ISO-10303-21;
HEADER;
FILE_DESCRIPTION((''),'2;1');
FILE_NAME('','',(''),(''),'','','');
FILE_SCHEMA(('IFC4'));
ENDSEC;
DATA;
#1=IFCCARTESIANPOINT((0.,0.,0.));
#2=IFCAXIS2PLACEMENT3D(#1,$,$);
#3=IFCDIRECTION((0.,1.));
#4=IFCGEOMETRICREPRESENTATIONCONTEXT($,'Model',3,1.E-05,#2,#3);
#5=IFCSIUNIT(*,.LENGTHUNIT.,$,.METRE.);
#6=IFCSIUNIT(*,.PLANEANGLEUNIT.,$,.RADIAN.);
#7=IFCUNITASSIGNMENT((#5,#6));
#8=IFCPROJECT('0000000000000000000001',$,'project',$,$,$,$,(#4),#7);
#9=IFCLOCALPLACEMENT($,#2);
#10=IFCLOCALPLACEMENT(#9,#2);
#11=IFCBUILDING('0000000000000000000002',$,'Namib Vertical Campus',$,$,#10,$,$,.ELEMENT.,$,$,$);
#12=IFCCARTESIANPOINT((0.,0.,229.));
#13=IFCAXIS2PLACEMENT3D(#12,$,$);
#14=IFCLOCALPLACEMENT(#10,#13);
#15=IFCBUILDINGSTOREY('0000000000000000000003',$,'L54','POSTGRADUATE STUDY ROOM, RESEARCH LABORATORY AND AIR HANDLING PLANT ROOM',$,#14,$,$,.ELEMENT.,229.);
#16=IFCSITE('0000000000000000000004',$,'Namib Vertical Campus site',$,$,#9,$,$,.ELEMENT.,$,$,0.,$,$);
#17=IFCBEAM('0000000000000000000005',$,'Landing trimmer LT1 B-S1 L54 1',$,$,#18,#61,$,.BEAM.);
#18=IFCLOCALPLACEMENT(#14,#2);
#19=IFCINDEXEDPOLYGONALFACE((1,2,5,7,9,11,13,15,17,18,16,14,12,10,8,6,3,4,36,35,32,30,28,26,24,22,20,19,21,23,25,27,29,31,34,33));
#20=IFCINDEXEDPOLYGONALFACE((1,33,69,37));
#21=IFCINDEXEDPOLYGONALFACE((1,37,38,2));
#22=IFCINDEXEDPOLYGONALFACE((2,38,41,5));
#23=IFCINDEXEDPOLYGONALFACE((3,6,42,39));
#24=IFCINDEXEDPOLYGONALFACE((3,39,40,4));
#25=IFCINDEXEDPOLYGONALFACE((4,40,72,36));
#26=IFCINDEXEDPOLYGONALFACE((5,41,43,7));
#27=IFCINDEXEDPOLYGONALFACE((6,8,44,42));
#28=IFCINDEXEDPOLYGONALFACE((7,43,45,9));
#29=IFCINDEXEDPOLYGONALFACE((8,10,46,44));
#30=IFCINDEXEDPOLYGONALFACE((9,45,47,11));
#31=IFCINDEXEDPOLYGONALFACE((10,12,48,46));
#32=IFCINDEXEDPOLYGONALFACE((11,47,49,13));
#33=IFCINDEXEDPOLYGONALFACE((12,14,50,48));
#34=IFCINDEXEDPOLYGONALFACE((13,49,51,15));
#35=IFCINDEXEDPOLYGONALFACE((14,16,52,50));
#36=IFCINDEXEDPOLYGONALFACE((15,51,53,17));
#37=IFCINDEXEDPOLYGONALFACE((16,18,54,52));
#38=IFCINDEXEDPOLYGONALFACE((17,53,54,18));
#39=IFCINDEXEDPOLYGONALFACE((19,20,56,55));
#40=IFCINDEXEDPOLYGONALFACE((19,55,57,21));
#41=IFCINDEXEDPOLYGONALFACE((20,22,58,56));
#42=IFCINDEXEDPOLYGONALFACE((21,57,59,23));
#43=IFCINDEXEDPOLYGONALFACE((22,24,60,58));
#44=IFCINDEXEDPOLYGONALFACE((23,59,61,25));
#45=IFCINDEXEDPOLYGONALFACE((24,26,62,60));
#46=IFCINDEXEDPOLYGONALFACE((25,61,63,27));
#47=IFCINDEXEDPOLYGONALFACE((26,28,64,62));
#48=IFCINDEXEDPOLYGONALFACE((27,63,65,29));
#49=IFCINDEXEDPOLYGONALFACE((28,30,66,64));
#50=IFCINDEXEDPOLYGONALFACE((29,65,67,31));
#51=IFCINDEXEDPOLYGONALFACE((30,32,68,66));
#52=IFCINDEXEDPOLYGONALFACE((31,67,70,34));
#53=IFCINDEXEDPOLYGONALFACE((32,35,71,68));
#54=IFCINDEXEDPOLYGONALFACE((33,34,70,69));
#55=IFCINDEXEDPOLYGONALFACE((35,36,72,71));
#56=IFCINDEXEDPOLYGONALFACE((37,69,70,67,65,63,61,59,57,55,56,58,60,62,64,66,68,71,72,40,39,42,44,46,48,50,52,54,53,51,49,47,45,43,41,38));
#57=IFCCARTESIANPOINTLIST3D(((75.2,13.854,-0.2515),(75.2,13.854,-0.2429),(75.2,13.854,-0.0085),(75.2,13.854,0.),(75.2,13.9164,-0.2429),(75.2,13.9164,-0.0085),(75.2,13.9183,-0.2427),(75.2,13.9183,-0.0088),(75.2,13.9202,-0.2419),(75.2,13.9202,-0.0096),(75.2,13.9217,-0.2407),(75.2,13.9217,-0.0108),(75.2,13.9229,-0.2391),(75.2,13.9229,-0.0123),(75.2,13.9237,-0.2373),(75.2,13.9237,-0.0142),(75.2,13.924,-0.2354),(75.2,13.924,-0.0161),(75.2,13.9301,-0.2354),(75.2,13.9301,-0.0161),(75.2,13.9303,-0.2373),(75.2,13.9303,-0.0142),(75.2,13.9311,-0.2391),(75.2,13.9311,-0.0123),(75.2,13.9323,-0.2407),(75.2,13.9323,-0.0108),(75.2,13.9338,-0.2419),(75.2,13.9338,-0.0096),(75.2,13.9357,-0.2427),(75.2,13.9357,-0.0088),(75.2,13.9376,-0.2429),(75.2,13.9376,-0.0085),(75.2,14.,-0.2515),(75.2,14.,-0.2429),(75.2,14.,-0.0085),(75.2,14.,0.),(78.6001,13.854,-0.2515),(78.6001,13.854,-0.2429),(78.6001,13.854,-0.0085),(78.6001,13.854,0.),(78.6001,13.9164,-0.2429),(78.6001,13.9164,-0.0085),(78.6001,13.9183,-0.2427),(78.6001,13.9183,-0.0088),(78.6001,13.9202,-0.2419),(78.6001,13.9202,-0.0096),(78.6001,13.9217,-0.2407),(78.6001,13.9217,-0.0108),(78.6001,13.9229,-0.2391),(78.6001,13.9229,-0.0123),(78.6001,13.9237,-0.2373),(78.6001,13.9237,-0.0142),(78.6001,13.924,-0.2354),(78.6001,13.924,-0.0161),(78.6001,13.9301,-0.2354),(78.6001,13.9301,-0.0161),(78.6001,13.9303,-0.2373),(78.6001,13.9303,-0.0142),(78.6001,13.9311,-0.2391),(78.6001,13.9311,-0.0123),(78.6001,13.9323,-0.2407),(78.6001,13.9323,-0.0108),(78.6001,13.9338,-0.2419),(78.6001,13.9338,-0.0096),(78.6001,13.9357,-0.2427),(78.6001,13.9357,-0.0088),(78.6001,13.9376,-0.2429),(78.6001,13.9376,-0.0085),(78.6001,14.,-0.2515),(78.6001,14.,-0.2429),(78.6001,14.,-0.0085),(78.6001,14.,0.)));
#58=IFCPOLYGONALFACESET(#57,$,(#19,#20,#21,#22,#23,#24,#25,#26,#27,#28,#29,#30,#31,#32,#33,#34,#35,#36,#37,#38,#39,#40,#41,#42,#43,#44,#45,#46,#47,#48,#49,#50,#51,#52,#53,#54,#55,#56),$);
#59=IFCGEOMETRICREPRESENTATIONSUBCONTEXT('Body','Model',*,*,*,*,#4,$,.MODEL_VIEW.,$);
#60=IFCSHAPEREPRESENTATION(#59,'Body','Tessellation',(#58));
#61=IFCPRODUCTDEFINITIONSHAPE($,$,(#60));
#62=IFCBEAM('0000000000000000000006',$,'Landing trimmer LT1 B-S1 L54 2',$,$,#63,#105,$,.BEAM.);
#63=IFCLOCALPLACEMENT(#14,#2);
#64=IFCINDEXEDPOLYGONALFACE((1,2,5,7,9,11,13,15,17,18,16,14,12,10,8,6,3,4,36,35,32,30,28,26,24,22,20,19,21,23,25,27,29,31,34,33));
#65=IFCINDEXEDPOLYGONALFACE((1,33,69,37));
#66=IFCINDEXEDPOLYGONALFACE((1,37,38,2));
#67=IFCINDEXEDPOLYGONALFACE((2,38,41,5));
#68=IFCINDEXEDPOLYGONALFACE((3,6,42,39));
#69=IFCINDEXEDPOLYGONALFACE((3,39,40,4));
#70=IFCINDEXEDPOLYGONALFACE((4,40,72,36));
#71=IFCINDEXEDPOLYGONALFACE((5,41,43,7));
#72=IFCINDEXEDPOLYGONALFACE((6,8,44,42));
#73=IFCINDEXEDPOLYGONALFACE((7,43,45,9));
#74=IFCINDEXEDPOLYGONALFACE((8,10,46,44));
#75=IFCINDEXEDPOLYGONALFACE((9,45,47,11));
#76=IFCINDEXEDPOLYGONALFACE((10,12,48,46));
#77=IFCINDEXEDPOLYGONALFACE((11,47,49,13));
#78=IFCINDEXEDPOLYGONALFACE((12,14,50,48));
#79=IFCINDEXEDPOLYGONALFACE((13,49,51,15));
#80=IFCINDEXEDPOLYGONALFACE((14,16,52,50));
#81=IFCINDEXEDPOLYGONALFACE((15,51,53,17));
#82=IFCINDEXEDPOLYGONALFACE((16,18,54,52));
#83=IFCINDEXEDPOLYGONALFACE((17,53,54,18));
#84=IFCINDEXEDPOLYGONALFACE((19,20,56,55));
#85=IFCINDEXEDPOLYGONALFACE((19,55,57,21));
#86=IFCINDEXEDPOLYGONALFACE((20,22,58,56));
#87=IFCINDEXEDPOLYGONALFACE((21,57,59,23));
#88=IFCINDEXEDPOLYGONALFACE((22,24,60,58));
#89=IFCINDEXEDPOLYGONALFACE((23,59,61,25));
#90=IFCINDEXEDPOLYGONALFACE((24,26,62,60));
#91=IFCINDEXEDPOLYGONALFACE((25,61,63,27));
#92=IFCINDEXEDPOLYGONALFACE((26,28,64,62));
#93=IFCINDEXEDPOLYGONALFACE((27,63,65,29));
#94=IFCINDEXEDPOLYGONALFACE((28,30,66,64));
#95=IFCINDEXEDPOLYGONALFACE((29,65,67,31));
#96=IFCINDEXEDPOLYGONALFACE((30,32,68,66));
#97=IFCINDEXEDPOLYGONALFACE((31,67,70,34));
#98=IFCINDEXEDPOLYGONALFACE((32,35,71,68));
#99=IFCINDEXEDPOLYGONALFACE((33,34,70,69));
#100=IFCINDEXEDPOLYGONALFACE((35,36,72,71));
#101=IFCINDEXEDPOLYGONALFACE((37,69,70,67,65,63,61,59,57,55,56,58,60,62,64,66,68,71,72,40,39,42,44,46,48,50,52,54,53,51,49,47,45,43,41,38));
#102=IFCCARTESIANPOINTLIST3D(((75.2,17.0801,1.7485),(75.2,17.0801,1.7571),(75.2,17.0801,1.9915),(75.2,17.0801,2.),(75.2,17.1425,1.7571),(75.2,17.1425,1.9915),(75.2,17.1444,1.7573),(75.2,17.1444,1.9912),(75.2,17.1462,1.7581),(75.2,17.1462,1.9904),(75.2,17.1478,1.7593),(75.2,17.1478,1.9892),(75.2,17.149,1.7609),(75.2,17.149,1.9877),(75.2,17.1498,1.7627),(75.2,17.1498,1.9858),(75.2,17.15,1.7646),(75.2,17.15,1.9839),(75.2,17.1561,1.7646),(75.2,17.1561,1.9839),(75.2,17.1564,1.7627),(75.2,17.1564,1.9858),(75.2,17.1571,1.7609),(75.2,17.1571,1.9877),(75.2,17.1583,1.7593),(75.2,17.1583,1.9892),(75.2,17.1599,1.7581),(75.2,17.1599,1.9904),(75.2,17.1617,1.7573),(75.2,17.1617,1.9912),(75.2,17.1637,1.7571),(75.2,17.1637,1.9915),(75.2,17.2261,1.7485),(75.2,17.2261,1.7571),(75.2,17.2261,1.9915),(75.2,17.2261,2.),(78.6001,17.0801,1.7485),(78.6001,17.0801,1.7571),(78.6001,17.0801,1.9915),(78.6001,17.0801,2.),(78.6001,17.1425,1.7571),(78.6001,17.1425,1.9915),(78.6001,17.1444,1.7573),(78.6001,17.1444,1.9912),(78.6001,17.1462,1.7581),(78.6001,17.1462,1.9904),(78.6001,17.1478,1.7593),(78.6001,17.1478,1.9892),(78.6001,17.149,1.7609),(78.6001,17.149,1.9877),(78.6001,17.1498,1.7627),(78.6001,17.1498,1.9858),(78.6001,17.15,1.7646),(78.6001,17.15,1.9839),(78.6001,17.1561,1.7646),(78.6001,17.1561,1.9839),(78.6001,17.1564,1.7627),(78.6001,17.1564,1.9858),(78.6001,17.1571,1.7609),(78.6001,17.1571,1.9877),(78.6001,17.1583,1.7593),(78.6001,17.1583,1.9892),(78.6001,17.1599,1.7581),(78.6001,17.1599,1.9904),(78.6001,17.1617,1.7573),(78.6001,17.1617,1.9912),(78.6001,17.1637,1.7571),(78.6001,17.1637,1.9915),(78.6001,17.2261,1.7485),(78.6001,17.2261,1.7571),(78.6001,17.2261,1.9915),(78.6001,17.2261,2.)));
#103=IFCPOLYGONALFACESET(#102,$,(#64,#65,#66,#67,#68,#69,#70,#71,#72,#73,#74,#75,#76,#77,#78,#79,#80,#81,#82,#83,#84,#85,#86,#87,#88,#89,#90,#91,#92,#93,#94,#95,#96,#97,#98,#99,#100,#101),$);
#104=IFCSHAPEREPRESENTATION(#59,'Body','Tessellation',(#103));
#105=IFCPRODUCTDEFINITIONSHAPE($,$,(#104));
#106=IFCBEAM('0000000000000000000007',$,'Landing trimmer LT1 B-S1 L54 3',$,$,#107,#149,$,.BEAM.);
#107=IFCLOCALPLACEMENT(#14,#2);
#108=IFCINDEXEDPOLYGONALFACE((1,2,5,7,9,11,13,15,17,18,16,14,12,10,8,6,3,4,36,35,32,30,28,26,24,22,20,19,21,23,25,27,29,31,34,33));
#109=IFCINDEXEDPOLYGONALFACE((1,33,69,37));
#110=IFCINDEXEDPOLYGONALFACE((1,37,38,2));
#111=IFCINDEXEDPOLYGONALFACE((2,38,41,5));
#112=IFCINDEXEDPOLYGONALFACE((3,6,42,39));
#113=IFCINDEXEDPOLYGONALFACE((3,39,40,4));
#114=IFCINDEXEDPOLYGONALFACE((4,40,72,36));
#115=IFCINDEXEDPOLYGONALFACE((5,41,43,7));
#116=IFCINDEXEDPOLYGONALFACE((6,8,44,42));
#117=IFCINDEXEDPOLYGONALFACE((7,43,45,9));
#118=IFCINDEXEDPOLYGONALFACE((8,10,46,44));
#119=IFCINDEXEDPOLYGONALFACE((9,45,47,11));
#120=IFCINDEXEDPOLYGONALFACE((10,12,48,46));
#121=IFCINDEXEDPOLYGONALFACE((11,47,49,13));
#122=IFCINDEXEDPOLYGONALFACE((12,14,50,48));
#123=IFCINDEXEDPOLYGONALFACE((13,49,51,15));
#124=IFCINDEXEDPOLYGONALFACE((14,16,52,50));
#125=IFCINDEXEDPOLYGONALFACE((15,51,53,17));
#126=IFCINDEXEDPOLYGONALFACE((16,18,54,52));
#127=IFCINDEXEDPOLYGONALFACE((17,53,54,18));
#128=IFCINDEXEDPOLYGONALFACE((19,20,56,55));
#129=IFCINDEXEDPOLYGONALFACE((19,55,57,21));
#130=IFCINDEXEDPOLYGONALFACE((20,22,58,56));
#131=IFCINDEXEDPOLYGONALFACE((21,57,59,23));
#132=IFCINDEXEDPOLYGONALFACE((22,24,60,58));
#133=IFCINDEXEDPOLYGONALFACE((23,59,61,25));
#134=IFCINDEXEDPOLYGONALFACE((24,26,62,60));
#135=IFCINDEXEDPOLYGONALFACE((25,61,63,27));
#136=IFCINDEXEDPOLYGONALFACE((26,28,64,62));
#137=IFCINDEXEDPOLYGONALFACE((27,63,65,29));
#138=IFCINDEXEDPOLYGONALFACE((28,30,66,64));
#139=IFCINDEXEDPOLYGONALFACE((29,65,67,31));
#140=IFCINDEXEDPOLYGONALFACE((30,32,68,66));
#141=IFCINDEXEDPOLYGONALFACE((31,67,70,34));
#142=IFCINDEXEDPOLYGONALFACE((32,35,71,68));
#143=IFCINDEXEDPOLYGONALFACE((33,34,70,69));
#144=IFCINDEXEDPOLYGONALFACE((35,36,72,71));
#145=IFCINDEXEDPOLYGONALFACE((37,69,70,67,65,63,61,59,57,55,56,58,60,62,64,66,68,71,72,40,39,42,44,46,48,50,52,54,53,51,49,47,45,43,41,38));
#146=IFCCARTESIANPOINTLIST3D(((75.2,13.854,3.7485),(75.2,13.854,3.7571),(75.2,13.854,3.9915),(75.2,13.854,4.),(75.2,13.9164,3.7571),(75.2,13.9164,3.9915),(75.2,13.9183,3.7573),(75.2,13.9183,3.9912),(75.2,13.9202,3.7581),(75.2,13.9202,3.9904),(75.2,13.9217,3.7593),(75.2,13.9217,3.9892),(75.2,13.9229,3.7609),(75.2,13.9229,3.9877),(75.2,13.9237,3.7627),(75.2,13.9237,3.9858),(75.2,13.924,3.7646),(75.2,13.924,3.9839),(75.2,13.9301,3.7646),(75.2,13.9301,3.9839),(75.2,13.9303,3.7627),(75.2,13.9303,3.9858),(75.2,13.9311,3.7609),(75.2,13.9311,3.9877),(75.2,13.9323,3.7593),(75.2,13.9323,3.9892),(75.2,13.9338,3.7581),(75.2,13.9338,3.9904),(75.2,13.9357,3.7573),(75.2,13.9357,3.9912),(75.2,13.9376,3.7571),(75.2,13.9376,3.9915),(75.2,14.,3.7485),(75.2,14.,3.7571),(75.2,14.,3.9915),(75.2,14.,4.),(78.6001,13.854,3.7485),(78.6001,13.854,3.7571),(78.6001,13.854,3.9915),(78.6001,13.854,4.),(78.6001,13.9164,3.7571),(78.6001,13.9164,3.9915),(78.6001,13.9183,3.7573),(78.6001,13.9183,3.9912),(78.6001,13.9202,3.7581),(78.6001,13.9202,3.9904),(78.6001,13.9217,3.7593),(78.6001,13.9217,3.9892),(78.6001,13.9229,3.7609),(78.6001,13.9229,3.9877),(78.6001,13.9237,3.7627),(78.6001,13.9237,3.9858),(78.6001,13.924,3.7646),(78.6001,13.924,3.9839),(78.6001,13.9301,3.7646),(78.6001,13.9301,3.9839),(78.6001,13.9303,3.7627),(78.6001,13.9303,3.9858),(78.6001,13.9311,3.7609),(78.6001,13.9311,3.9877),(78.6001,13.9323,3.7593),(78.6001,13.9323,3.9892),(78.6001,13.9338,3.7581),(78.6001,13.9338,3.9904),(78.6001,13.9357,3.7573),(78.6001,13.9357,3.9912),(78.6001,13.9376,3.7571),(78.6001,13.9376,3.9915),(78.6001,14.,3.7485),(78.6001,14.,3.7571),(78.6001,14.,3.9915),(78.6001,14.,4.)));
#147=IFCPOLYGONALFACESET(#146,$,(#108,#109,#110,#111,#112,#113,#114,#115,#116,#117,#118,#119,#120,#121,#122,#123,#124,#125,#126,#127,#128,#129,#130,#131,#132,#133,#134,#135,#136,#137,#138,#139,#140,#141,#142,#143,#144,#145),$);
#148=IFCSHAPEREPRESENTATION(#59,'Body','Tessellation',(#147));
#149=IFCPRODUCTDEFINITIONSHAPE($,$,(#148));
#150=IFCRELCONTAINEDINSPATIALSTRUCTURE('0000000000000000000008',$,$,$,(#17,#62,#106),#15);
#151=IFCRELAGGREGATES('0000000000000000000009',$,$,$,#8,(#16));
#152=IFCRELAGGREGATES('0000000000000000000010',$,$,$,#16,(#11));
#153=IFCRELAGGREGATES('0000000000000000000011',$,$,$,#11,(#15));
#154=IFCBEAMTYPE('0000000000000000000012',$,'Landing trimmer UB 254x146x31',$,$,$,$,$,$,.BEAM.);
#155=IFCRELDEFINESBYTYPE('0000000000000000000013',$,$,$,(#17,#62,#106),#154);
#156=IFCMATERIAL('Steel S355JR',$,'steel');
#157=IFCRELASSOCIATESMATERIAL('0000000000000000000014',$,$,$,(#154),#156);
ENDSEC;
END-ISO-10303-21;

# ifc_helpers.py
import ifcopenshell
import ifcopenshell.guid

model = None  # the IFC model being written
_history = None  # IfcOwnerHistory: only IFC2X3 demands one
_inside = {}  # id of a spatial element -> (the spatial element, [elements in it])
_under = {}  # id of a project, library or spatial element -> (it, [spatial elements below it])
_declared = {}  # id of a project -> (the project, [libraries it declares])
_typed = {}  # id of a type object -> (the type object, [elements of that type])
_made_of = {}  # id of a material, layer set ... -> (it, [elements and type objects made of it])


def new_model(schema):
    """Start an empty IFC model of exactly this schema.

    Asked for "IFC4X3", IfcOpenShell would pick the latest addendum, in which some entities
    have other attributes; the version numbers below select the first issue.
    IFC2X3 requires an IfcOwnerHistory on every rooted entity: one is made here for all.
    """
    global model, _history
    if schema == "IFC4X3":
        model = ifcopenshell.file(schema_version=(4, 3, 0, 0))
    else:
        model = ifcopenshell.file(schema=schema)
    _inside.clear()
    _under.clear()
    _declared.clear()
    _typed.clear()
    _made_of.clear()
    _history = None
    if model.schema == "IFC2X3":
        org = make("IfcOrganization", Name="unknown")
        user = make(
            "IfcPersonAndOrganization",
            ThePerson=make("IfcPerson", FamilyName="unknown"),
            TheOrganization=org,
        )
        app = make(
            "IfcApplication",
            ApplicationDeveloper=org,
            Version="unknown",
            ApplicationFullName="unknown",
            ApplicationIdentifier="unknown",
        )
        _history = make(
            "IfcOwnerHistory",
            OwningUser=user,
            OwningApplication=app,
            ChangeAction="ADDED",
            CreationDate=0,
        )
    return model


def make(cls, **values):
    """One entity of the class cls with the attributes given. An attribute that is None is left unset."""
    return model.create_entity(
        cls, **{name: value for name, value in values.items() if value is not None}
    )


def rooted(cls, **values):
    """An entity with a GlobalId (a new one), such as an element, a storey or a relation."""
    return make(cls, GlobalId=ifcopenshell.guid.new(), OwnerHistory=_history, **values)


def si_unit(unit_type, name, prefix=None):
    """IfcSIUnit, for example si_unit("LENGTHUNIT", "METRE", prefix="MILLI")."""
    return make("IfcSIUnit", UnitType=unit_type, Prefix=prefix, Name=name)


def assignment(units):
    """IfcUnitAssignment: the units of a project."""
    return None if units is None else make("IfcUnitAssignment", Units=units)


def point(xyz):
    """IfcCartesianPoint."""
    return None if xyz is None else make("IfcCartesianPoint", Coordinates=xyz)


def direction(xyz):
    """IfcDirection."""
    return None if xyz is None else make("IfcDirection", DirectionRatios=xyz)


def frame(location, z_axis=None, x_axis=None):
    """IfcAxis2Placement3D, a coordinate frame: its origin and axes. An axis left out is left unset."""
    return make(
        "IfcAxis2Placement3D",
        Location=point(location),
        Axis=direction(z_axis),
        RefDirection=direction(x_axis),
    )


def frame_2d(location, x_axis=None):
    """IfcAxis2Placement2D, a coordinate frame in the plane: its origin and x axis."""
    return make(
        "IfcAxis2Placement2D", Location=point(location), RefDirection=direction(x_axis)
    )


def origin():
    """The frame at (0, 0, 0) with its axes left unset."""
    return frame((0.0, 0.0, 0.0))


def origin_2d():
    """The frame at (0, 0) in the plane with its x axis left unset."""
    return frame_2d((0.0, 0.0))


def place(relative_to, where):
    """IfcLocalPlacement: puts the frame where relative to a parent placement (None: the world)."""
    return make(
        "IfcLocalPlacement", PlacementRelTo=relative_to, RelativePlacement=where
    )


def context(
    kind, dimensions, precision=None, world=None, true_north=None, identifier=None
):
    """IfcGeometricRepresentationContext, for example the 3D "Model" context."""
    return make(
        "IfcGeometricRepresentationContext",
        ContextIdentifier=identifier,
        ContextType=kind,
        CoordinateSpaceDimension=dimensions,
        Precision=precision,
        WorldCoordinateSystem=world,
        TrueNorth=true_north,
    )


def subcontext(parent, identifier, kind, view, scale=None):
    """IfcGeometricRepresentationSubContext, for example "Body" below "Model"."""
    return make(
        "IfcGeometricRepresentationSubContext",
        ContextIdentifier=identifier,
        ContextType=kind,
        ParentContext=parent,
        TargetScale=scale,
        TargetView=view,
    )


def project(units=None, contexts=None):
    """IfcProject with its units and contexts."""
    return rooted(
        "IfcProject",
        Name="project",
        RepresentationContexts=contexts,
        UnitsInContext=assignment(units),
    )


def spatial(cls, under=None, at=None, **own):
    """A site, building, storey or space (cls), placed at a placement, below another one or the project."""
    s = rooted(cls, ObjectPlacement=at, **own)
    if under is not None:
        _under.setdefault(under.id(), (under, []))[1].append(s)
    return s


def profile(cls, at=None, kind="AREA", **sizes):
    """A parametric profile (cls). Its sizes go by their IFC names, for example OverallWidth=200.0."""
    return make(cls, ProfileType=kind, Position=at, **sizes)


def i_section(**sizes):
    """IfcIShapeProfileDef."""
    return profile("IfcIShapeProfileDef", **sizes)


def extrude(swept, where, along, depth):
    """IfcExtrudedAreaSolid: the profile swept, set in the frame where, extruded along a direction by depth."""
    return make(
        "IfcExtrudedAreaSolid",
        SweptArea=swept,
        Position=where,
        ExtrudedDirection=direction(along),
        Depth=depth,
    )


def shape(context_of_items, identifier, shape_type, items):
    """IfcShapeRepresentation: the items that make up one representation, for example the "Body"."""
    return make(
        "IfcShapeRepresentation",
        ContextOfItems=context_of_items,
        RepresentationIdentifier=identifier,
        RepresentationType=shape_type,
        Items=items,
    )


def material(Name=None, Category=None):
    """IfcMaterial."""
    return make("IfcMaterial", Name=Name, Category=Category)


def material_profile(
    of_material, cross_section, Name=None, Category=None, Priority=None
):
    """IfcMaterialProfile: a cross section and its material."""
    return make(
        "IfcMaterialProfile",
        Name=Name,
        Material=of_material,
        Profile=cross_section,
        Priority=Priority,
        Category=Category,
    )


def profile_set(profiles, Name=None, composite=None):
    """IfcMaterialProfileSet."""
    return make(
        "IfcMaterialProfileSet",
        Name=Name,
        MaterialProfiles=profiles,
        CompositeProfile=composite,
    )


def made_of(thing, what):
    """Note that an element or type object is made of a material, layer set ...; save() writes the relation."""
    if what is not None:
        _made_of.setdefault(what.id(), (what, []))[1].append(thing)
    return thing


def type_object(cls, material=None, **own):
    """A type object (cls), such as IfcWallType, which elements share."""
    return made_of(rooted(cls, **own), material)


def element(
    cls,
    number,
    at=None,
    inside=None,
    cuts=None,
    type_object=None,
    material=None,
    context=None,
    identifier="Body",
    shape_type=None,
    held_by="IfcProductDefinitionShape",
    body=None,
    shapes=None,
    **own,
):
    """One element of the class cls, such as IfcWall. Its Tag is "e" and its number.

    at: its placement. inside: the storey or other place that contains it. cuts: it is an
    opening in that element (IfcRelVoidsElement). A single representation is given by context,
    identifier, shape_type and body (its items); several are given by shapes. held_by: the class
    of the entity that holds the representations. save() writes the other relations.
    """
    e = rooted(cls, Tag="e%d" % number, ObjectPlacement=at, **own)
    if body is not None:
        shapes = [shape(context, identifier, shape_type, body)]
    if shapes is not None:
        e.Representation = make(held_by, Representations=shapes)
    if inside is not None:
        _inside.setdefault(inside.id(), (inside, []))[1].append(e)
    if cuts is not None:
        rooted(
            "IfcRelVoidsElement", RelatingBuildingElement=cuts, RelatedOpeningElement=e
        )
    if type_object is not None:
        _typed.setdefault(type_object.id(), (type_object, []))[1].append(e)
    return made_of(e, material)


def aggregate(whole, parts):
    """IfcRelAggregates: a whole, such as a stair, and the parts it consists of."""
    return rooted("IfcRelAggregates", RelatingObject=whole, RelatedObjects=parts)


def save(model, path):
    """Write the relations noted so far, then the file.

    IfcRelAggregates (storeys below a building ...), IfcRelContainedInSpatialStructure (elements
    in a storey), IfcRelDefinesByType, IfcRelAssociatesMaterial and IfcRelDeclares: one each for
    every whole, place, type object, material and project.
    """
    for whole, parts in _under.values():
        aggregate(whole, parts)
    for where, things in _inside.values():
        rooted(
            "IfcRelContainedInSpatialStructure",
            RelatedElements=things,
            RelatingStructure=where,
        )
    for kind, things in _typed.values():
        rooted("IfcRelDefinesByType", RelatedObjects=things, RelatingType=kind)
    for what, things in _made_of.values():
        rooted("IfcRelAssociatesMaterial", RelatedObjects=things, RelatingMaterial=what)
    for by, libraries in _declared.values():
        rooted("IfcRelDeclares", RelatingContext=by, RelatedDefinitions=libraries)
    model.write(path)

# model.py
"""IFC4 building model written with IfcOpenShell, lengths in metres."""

from ifc_helpers import new_model, si_unit, direction, frame, origin, origin_2d, place, context, subcontext, project, spatial, i_section, extrude, material, material_profile, profile_set, type_object, element, save


model = new_model("IFC4")

# Units and contexts
model_context = context("Model", 3, precision=1e-05, world=origin(), true_north=direction((0.0, 1.0)))
body_context = subcontext(model_context, "Body", "Model", "MODEL_VIEW")
ifc_project = project(units=[si_unit("LENGTHUNIT", "METRE"), si_unit("PLANEANGLEUNIT", "RADIAN")], contexts=[model_context])

# Site, building, storey
site_placement = place(None, origin())
site = spatial("IfcSite", under=ifc_project, at=site_placement, Name="Namib Vertical Campus site", CompositionType="ELEMENT", RefElevation=0.0)
building_placement = place(site_placement, origin())
building = spatial("IfcBuilding", under=site, at=building_placement, Name="Namib Vertical Campus", CompositionType="ELEMENT")
storey_placement = place(building_placement, frame((0.0, 0.0, 229.0)))
storey = spatial("IfcBuildingStorey", under=building, at=storey_placement, Name="L54", Description="POSTGRADUATE STUDY ROOM, RESEARCH LABORATORY AND AIR HANDLING PLANT ROOM", CompositionType="ELEMENT", Elevation=229.0)

# Beams
ifc_material_1 = material(Name="Steel S355JR", Category="steel")
ifc_material_profile = material_profile(ifc_material_1, i_section(OverallWidth=0.146, OverallDepth=0.2515, WebThickness=0.0061, FlangeThickness=0.0085, FilletRadius=0.0076, at=origin_2d()))
ifc_profile_set = profile_set([ifc_material_profile], Name="Steel S355JR")
beam_type = type_object("IfcBeamType", Name="Landing trimmer UB 254x146x31", PredefinedType="BEAM", material=ifc_profile_set)
for number, where, z_axis, x_axis, name in (
    (1, (75.2, 13.927, -0.1257), (1.0, 0.0, 0.0), (0.0, 1.0, 0.0), "Landing trimmer LT1 B-S1 L54 1"),
    (2, (75.2, 17.1531, 1.8743), (1.0, 0.0, 0.0), (0.0, 1.0, 0.0), "Landing trimmer LT1 B-S1 L54 2"),
    (3, (75.2, 13.927, 3.8743), (1.0, 0.0, 0.0), (0.0, 1.0, 0.0), "Landing trimmer LT1 B-S1 L54 3"),
):
    element("IfcBeam", number, at=place(storey_placement, frame(where, z_axis=z_axis, x_axis=x_axis)), inside=storey, type_object=beam_type, Name=name, PredefinedType="BEAM", context=body_context, shape_type="SweptSolid", body=[
        extrude(i_section(OverallWidth=0.146, OverallDepth=0.2515, WebThickness=0.0061, FlangeThickness=0.0085, FilletRadius=0.0076, at=origin_2d()), origin(), (0.0, 0.0, 1.0), 3.4001),
    ])

save(model, "model.ifc")
